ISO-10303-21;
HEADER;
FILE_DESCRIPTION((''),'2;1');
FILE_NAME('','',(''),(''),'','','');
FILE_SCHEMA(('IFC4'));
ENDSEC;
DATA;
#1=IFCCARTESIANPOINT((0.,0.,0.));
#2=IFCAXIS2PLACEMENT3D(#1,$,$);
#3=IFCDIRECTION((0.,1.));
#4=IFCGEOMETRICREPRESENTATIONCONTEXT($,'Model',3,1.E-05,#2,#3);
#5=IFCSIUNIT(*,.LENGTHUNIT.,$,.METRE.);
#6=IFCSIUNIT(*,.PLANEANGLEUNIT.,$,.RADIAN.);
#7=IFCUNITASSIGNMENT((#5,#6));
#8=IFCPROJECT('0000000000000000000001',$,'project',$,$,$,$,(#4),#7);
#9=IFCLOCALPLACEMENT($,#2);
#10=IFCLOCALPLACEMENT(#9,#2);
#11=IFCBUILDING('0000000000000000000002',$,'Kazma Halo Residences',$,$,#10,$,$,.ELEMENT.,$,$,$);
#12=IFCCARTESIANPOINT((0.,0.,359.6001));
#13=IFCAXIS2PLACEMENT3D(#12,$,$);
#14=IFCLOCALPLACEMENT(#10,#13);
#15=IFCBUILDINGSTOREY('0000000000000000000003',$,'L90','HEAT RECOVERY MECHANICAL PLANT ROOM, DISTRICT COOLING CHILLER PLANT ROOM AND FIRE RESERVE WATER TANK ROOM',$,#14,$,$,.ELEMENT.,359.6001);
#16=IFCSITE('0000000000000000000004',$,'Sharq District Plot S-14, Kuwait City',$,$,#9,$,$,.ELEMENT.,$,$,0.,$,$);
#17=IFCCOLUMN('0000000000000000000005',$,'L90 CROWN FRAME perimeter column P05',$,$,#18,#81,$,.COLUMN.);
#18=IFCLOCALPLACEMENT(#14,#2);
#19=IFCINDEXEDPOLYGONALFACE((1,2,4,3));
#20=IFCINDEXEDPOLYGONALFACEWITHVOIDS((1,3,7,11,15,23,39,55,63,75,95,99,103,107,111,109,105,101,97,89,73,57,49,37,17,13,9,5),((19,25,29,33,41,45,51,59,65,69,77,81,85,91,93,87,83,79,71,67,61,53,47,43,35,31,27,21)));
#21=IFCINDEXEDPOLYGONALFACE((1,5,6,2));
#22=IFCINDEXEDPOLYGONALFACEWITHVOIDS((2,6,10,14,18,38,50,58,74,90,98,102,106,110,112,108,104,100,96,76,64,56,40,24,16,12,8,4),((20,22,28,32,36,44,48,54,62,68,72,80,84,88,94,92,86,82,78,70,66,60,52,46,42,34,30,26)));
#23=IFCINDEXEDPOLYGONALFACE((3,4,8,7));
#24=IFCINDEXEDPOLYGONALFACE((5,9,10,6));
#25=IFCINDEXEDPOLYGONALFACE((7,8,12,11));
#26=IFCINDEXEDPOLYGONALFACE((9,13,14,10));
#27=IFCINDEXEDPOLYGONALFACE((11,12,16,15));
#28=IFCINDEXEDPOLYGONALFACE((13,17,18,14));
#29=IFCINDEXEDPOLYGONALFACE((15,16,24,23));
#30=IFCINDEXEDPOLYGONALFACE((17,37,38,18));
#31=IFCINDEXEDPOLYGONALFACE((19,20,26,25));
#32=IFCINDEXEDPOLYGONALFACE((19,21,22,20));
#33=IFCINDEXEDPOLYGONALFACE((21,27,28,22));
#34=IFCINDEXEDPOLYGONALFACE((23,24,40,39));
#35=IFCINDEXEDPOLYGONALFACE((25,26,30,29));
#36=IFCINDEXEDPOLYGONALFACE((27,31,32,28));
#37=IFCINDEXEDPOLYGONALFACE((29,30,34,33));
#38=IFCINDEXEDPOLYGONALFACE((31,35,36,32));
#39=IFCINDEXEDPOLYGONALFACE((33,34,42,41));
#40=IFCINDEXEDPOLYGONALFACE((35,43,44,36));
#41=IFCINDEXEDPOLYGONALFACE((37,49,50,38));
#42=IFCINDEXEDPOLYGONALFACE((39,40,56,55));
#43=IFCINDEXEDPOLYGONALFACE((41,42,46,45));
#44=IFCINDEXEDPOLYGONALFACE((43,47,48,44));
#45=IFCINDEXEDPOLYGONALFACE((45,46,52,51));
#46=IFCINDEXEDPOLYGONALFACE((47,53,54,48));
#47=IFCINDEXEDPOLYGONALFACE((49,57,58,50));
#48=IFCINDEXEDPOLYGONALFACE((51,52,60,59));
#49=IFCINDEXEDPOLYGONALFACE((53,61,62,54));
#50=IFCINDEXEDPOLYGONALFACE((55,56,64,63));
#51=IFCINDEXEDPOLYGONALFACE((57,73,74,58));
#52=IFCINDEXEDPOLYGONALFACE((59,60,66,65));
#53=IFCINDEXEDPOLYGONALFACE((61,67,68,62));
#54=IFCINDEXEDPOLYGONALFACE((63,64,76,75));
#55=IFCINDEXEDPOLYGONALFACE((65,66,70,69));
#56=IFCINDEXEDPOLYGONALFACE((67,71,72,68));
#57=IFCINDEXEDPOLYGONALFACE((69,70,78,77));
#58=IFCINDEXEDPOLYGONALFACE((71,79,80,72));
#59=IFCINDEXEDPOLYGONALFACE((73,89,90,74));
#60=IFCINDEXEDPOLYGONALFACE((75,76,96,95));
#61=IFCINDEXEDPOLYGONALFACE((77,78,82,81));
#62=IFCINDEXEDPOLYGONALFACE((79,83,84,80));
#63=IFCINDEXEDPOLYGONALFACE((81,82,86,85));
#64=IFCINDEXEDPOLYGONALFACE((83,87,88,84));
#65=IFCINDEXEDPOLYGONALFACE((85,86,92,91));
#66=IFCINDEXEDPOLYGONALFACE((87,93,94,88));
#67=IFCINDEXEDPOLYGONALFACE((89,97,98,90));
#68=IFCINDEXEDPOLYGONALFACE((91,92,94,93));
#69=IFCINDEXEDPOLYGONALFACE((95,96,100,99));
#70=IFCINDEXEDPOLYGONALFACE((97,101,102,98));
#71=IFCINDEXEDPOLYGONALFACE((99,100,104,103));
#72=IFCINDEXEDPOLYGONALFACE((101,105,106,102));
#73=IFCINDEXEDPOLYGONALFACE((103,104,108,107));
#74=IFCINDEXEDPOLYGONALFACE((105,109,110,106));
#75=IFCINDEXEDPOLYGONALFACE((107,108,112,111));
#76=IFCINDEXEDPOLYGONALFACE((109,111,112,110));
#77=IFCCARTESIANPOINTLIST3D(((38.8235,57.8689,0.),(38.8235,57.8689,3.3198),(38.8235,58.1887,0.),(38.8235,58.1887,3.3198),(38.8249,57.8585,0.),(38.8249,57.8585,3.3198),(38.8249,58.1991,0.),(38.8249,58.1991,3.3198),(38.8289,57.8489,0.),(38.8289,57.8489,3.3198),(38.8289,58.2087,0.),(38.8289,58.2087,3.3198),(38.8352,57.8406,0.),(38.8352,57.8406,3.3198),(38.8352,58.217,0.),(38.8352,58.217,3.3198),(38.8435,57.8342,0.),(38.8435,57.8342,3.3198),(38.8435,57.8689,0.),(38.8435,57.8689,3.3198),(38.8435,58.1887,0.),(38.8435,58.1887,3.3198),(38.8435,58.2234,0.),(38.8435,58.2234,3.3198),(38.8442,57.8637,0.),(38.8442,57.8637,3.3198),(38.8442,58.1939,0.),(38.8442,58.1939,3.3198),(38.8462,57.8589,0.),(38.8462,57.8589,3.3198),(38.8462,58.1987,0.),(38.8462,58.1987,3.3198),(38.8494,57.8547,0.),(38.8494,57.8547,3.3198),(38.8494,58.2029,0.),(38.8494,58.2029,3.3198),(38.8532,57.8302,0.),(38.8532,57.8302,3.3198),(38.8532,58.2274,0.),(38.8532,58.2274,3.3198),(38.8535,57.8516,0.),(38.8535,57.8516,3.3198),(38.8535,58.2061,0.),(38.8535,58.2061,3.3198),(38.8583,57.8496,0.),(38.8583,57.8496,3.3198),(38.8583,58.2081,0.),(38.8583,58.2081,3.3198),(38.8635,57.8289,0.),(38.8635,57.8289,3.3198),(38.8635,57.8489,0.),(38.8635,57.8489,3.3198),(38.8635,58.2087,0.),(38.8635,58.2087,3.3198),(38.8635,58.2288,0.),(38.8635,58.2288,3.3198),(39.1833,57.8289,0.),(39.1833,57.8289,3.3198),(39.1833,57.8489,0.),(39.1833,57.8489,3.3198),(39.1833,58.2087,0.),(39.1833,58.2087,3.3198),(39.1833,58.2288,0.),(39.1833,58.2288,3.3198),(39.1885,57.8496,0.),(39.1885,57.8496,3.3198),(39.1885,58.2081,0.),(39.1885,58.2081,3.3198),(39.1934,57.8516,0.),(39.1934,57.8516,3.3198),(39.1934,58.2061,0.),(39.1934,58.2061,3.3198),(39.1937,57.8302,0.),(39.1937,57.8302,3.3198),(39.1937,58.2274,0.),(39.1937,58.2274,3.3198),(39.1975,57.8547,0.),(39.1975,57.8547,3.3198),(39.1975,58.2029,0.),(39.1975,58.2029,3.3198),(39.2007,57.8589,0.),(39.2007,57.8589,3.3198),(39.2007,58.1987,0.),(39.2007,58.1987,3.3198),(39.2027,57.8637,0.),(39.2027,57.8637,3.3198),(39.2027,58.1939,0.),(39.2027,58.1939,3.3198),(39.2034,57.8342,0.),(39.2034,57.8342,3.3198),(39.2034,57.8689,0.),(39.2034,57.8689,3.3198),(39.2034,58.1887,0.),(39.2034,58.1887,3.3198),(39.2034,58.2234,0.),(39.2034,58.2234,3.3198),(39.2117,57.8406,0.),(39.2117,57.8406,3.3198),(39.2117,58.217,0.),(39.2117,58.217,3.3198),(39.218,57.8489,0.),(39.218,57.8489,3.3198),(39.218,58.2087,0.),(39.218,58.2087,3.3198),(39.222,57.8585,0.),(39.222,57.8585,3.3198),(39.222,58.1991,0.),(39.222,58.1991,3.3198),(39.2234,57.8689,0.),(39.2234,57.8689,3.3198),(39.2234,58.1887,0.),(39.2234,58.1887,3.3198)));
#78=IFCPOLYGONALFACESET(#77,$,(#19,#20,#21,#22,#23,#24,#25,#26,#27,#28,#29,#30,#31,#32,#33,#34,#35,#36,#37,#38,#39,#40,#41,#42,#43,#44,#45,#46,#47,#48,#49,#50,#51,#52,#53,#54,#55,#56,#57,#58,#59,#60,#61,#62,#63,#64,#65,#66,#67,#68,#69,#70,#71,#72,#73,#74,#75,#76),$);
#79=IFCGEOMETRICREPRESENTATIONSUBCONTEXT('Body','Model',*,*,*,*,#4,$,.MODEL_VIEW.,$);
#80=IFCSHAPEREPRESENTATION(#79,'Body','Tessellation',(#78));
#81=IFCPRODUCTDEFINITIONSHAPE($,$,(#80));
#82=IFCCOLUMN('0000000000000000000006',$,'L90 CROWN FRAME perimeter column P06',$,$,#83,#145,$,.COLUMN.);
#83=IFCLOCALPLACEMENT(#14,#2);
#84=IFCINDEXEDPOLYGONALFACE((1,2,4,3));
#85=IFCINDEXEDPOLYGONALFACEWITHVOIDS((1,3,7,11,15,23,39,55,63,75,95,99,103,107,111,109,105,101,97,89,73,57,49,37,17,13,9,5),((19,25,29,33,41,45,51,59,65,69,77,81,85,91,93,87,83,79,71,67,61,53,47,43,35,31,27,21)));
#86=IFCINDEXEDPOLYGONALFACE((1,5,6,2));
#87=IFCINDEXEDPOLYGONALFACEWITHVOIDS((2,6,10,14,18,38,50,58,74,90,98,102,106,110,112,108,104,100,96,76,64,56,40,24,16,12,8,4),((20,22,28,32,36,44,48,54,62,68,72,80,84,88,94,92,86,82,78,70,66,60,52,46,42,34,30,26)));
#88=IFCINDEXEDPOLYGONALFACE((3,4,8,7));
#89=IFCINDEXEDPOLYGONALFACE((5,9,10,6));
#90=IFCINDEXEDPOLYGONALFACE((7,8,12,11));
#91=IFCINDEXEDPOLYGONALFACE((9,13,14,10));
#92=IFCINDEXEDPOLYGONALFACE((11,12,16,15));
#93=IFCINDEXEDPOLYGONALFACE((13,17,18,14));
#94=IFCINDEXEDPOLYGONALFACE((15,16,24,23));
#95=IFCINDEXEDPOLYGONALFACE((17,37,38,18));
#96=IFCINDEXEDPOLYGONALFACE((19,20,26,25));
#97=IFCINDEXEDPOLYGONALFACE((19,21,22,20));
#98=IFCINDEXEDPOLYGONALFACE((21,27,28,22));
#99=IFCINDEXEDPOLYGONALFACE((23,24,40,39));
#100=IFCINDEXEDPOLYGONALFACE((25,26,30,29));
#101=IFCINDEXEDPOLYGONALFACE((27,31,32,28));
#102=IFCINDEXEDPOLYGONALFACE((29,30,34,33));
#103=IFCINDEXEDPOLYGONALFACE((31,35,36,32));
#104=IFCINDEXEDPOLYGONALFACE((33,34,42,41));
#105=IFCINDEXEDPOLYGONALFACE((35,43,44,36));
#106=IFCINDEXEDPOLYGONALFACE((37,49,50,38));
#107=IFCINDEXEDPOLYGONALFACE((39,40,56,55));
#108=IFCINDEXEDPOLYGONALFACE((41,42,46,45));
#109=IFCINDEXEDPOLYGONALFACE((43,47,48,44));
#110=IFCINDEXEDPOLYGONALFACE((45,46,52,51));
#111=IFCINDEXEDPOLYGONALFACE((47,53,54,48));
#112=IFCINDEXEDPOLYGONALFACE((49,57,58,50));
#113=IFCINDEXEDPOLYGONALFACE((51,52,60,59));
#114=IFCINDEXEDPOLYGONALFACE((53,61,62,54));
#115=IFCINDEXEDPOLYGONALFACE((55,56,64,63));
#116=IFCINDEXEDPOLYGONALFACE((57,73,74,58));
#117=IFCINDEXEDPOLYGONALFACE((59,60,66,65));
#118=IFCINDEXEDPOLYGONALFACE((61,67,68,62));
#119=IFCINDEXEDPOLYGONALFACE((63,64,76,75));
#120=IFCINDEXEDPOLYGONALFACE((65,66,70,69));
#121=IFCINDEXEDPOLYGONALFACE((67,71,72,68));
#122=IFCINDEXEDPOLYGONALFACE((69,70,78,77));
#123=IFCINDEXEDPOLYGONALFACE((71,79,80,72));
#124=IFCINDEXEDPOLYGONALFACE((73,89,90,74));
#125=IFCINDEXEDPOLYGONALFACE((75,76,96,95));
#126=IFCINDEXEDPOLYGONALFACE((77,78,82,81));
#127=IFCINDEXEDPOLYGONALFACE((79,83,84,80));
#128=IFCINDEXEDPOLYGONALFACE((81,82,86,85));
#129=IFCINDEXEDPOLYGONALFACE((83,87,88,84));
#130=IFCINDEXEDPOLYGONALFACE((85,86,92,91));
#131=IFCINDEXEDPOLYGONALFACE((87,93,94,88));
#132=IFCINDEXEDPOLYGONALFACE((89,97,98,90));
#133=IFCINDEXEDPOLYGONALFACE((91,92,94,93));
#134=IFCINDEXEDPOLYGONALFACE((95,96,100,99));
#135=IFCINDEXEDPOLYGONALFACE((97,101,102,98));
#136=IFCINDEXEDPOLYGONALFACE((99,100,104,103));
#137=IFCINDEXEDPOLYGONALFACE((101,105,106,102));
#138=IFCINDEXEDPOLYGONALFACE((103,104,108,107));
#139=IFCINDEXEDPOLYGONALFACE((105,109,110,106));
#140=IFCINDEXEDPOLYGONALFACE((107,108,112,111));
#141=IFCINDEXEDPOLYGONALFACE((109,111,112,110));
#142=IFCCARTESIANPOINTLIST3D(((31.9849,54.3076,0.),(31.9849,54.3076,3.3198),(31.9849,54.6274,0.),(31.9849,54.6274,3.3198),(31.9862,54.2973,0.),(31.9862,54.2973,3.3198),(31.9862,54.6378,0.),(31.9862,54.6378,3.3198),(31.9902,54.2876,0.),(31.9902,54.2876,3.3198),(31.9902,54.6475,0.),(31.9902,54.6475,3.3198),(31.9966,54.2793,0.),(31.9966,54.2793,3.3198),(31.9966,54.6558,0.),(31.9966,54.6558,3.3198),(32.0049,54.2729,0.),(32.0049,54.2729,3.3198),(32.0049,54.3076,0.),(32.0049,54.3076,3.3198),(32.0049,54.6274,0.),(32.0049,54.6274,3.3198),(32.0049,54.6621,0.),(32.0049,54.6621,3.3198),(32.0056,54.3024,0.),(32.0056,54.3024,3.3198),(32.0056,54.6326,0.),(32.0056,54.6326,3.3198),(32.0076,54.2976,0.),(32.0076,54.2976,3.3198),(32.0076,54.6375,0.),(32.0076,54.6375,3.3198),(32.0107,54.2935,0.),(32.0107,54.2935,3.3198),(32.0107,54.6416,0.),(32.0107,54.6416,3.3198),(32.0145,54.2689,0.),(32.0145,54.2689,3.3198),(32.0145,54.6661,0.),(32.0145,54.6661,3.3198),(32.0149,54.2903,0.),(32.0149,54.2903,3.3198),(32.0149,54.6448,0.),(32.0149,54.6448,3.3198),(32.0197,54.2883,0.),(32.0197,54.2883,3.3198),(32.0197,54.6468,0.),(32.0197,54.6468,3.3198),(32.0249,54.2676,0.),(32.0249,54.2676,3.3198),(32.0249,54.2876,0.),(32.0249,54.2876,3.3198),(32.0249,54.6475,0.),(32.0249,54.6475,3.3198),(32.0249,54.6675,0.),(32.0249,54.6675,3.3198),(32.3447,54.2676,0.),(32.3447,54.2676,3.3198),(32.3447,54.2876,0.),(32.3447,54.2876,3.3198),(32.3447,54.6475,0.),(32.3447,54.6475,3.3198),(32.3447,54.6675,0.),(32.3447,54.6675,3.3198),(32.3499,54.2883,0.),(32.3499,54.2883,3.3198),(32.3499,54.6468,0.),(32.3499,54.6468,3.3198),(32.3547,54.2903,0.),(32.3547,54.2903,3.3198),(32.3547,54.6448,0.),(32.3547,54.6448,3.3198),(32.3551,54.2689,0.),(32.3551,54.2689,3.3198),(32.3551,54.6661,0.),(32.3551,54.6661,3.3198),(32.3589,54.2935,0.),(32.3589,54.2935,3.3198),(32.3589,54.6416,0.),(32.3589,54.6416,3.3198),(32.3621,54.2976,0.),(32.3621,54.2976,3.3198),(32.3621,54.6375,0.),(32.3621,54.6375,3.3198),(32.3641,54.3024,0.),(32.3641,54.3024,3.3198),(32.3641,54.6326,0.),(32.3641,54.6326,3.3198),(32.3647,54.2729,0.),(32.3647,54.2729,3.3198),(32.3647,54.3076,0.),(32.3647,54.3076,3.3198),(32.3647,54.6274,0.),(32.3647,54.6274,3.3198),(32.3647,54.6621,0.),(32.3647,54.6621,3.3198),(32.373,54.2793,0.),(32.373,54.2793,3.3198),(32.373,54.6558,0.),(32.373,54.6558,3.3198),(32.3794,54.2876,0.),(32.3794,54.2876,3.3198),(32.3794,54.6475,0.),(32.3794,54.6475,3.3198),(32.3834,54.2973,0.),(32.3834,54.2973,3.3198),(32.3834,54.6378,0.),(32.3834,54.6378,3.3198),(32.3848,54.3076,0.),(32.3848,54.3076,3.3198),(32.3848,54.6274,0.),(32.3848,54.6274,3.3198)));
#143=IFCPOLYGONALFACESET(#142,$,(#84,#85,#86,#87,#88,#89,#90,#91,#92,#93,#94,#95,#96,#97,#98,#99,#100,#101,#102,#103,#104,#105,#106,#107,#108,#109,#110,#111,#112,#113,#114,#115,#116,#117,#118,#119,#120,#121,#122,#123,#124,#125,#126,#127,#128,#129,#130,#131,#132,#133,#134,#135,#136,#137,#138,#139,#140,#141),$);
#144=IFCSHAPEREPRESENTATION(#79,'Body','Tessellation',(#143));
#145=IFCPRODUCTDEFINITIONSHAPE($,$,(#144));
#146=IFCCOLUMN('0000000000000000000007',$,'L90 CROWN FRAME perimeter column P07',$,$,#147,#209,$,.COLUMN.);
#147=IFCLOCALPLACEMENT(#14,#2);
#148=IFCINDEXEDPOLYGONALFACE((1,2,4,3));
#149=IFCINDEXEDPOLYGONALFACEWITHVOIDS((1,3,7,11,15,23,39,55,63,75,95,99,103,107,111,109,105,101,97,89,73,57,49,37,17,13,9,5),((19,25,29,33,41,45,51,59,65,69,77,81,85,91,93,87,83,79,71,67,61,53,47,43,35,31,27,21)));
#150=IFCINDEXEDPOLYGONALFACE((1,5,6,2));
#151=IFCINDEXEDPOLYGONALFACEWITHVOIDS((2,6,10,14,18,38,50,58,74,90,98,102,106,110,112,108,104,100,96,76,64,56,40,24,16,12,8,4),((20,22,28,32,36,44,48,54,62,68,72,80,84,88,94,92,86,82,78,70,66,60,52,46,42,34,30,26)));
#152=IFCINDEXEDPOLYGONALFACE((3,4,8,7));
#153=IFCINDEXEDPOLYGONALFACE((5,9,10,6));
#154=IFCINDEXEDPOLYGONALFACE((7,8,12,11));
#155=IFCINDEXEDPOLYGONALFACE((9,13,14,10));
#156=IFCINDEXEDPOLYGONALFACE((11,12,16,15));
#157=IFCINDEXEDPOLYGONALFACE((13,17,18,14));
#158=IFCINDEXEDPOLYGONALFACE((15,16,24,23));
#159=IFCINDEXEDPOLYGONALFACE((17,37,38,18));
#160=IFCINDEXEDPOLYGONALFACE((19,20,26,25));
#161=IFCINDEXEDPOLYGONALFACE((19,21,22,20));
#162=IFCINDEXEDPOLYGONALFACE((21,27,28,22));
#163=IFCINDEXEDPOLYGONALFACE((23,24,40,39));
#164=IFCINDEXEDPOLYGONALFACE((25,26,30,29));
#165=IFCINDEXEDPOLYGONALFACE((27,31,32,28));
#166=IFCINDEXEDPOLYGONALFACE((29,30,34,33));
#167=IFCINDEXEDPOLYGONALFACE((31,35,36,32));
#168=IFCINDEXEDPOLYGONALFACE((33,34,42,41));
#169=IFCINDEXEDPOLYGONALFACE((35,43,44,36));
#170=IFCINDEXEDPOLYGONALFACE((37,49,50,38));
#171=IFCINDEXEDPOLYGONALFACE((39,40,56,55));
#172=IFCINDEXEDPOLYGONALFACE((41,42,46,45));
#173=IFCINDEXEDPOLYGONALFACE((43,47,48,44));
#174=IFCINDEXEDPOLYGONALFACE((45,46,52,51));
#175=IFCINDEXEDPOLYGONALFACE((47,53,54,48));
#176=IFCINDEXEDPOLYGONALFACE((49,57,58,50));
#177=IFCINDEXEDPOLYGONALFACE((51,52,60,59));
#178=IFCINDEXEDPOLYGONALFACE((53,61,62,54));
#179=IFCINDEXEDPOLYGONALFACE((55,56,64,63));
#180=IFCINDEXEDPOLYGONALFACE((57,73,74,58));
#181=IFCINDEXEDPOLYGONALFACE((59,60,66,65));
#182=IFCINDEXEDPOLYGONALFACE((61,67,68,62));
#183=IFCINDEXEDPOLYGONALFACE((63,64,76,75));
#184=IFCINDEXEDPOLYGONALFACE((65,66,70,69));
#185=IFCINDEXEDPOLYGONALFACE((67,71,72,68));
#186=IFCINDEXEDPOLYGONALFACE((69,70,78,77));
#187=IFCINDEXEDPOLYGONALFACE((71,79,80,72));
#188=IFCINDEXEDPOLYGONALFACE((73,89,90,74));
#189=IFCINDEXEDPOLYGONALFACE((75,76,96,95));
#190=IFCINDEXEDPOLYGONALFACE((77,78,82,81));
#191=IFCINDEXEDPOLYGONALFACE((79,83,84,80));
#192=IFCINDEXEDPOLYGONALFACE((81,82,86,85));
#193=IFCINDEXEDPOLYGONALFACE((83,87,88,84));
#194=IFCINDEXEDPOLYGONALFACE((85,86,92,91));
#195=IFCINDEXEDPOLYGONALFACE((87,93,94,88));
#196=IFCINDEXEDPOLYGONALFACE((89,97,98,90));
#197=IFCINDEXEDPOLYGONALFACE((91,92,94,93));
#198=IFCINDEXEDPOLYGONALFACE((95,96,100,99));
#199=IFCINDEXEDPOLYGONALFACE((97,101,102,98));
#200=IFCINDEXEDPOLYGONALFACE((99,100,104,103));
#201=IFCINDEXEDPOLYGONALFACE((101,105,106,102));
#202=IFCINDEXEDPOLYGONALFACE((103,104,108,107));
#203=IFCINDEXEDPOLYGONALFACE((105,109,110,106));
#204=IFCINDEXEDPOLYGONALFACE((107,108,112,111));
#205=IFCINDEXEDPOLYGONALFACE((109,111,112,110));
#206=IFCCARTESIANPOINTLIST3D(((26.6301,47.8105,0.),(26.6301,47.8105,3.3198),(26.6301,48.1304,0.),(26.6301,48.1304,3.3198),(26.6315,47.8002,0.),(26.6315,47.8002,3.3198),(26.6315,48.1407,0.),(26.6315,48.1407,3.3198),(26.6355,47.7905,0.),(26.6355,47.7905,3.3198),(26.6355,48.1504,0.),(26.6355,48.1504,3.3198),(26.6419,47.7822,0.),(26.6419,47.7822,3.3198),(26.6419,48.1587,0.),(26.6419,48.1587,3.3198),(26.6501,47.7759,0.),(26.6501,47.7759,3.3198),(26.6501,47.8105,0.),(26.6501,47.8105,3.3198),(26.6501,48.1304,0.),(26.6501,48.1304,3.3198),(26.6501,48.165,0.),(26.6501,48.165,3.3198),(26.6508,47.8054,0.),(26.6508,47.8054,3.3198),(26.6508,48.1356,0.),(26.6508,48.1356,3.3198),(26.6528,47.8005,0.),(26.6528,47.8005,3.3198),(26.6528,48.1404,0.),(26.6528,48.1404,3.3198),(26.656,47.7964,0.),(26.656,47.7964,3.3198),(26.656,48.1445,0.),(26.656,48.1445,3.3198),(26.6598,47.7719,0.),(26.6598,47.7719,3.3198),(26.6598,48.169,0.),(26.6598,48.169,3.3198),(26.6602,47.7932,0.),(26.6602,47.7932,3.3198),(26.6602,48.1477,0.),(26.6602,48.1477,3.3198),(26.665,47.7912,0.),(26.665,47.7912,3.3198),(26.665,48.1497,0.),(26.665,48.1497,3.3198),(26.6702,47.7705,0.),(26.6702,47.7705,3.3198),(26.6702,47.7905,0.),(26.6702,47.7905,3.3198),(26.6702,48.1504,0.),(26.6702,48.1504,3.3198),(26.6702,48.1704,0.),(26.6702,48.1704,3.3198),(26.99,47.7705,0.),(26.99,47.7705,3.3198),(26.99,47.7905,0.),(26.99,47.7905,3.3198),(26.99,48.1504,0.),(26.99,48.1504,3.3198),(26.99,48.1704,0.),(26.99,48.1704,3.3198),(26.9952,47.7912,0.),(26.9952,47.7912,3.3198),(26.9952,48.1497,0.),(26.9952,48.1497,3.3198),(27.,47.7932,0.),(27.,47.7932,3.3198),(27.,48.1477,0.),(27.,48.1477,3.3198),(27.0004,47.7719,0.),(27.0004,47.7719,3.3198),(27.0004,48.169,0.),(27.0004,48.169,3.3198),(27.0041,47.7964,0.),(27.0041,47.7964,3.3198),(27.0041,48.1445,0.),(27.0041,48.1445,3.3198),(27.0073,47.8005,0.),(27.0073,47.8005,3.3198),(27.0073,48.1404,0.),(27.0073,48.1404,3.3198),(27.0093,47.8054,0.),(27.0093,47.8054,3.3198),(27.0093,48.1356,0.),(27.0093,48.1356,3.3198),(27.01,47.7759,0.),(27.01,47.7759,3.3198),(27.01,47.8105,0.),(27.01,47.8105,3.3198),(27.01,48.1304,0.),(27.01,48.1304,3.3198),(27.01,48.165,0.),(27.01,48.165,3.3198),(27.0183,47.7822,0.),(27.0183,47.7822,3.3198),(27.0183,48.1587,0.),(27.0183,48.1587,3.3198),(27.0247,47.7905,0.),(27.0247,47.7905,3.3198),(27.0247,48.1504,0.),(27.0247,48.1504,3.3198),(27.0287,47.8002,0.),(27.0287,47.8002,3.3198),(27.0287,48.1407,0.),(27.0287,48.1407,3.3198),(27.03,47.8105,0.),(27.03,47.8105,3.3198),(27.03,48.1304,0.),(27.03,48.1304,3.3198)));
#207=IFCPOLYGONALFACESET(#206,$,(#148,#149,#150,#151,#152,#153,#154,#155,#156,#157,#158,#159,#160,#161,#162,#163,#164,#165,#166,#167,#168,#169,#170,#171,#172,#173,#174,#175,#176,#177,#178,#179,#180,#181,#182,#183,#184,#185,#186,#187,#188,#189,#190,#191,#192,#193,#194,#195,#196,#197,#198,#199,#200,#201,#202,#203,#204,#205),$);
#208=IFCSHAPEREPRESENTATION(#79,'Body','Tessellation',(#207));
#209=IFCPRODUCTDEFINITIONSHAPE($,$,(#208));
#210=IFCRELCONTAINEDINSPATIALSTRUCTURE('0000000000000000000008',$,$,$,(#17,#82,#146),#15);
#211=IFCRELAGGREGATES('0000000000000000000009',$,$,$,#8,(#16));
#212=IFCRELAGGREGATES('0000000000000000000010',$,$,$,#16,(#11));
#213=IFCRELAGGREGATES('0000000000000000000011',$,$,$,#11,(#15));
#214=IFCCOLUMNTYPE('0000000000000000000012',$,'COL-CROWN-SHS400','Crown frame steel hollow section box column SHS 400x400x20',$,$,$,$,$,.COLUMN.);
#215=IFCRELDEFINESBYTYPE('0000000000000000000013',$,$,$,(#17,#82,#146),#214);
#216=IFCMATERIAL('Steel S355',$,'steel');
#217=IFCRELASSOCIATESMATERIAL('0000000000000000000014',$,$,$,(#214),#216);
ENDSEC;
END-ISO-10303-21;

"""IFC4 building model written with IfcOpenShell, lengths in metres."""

from ifc_helpers import new_model, si_unit, direction, frame, origin, origin_2d, place, context, subcontext, project, spatial, hollow_rectangle, extrude, material, material_profile, profile_set, type_object, element, save


model = new_model("IFC4")

# Units and contexts
model_context = context("Model", 3, precision=1e-05, world=origin(), true_north=direction((0.0, 1.0)))
body_context = subcontext(model_context, "Body", "Model", "MODEL_VIEW")
ifc_project = project(units=[si_unit("LENGTHUNIT", "METRE"), si_unit("PLANEANGLEUNIT", "RADIAN")], contexts=[model_context])

# Site, building, storey
site_placement = place(None, origin())
site = spatial("IfcSite", under=ifc_project, at=site_placement, Name="Sharq District Plot S-14, Kuwait City", CompositionType="ELEMENT", RefElevation=0.0)
building_placement = place(site_placement, origin())
building = spatial("IfcBuilding", under=site, at=building_placement, Name="Kazma Halo Residences", CompositionType="ELEMENT")
storey_placement = place(building_placement, frame((0.0, 0.0, 359.6001)))
storey = spatial("IfcBuildingStorey", under=building, at=storey_placement, Name="L90", Description="HEAT RECOVERY MECHANICAL PLANT ROOM, DISTRICT COOLING CHILLER PLANT ROOM AND FIRE RESERVE WATER TANK ROOM", CompositionType="ELEMENT", Elevation=359.6001)

# Columns
ifc_material_1 = material(Name="Steel S355", Category="steel")
ifc_material_profile_1 = material_profile(ifc_material_1, hollow_rectangle(XDim=0.3999, YDim=0.3999, WallThickness=0.02, InnerFilletRadius=0.02, OuterFilletRadius=0.04, at=origin_2d()), Name="SHS400x400x20")
ifc_profile_set_1 = profile_set([ifc_material_profile_1], Name="Steel S355")
column_type = type_object("IfcColumnType", Name="COL-CROWN-SHS400", Description="Crown frame steel hollow section box column SHS 400x400x20", PredefinedType="COLUMN", material=ifc_profile_set_1)
for number, where, z_axis, x_axis, name in (
    (1, (39.0234, 58.0288, 0.0), (0.0, 0.0, 1.0), (1.0, 0.0, 0.0), "L90 CROWN FRAME perimeter column P05"),
    (2, (32.1848, 54.4675, 0.0), (0.0, 0.0, 1.0), (1.0, 0.0, 0.0), "L90 CROWN FRAME perimeter column P06"),
    (3, (26.8301, 47.9705, 0.0), (0.0, 0.0, 1.0), (1.0, 0.0, 0.0), "L90 CROWN FRAME perimeter column P07"),
):
    element("IfcColumn", number, at=place(storey_placement, frame(where, z_axis=z_axis, x_axis=x_axis)), inside=storey, type_object=column_type, Name=name, PredefinedType="COLUMN", context=body_context, shape_type="SweptSolid", body=[
        extrude(hollow_rectangle(XDim=0.3999, YDim=0.3999, WallThickness=0.02, InnerFilletRadius=0.02, OuterFilletRadius=0.04, at=origin_2d()), origin(), (0.0, 0.0, 1.0), 3.3198),
    ])

save(model, "model.ifc")
